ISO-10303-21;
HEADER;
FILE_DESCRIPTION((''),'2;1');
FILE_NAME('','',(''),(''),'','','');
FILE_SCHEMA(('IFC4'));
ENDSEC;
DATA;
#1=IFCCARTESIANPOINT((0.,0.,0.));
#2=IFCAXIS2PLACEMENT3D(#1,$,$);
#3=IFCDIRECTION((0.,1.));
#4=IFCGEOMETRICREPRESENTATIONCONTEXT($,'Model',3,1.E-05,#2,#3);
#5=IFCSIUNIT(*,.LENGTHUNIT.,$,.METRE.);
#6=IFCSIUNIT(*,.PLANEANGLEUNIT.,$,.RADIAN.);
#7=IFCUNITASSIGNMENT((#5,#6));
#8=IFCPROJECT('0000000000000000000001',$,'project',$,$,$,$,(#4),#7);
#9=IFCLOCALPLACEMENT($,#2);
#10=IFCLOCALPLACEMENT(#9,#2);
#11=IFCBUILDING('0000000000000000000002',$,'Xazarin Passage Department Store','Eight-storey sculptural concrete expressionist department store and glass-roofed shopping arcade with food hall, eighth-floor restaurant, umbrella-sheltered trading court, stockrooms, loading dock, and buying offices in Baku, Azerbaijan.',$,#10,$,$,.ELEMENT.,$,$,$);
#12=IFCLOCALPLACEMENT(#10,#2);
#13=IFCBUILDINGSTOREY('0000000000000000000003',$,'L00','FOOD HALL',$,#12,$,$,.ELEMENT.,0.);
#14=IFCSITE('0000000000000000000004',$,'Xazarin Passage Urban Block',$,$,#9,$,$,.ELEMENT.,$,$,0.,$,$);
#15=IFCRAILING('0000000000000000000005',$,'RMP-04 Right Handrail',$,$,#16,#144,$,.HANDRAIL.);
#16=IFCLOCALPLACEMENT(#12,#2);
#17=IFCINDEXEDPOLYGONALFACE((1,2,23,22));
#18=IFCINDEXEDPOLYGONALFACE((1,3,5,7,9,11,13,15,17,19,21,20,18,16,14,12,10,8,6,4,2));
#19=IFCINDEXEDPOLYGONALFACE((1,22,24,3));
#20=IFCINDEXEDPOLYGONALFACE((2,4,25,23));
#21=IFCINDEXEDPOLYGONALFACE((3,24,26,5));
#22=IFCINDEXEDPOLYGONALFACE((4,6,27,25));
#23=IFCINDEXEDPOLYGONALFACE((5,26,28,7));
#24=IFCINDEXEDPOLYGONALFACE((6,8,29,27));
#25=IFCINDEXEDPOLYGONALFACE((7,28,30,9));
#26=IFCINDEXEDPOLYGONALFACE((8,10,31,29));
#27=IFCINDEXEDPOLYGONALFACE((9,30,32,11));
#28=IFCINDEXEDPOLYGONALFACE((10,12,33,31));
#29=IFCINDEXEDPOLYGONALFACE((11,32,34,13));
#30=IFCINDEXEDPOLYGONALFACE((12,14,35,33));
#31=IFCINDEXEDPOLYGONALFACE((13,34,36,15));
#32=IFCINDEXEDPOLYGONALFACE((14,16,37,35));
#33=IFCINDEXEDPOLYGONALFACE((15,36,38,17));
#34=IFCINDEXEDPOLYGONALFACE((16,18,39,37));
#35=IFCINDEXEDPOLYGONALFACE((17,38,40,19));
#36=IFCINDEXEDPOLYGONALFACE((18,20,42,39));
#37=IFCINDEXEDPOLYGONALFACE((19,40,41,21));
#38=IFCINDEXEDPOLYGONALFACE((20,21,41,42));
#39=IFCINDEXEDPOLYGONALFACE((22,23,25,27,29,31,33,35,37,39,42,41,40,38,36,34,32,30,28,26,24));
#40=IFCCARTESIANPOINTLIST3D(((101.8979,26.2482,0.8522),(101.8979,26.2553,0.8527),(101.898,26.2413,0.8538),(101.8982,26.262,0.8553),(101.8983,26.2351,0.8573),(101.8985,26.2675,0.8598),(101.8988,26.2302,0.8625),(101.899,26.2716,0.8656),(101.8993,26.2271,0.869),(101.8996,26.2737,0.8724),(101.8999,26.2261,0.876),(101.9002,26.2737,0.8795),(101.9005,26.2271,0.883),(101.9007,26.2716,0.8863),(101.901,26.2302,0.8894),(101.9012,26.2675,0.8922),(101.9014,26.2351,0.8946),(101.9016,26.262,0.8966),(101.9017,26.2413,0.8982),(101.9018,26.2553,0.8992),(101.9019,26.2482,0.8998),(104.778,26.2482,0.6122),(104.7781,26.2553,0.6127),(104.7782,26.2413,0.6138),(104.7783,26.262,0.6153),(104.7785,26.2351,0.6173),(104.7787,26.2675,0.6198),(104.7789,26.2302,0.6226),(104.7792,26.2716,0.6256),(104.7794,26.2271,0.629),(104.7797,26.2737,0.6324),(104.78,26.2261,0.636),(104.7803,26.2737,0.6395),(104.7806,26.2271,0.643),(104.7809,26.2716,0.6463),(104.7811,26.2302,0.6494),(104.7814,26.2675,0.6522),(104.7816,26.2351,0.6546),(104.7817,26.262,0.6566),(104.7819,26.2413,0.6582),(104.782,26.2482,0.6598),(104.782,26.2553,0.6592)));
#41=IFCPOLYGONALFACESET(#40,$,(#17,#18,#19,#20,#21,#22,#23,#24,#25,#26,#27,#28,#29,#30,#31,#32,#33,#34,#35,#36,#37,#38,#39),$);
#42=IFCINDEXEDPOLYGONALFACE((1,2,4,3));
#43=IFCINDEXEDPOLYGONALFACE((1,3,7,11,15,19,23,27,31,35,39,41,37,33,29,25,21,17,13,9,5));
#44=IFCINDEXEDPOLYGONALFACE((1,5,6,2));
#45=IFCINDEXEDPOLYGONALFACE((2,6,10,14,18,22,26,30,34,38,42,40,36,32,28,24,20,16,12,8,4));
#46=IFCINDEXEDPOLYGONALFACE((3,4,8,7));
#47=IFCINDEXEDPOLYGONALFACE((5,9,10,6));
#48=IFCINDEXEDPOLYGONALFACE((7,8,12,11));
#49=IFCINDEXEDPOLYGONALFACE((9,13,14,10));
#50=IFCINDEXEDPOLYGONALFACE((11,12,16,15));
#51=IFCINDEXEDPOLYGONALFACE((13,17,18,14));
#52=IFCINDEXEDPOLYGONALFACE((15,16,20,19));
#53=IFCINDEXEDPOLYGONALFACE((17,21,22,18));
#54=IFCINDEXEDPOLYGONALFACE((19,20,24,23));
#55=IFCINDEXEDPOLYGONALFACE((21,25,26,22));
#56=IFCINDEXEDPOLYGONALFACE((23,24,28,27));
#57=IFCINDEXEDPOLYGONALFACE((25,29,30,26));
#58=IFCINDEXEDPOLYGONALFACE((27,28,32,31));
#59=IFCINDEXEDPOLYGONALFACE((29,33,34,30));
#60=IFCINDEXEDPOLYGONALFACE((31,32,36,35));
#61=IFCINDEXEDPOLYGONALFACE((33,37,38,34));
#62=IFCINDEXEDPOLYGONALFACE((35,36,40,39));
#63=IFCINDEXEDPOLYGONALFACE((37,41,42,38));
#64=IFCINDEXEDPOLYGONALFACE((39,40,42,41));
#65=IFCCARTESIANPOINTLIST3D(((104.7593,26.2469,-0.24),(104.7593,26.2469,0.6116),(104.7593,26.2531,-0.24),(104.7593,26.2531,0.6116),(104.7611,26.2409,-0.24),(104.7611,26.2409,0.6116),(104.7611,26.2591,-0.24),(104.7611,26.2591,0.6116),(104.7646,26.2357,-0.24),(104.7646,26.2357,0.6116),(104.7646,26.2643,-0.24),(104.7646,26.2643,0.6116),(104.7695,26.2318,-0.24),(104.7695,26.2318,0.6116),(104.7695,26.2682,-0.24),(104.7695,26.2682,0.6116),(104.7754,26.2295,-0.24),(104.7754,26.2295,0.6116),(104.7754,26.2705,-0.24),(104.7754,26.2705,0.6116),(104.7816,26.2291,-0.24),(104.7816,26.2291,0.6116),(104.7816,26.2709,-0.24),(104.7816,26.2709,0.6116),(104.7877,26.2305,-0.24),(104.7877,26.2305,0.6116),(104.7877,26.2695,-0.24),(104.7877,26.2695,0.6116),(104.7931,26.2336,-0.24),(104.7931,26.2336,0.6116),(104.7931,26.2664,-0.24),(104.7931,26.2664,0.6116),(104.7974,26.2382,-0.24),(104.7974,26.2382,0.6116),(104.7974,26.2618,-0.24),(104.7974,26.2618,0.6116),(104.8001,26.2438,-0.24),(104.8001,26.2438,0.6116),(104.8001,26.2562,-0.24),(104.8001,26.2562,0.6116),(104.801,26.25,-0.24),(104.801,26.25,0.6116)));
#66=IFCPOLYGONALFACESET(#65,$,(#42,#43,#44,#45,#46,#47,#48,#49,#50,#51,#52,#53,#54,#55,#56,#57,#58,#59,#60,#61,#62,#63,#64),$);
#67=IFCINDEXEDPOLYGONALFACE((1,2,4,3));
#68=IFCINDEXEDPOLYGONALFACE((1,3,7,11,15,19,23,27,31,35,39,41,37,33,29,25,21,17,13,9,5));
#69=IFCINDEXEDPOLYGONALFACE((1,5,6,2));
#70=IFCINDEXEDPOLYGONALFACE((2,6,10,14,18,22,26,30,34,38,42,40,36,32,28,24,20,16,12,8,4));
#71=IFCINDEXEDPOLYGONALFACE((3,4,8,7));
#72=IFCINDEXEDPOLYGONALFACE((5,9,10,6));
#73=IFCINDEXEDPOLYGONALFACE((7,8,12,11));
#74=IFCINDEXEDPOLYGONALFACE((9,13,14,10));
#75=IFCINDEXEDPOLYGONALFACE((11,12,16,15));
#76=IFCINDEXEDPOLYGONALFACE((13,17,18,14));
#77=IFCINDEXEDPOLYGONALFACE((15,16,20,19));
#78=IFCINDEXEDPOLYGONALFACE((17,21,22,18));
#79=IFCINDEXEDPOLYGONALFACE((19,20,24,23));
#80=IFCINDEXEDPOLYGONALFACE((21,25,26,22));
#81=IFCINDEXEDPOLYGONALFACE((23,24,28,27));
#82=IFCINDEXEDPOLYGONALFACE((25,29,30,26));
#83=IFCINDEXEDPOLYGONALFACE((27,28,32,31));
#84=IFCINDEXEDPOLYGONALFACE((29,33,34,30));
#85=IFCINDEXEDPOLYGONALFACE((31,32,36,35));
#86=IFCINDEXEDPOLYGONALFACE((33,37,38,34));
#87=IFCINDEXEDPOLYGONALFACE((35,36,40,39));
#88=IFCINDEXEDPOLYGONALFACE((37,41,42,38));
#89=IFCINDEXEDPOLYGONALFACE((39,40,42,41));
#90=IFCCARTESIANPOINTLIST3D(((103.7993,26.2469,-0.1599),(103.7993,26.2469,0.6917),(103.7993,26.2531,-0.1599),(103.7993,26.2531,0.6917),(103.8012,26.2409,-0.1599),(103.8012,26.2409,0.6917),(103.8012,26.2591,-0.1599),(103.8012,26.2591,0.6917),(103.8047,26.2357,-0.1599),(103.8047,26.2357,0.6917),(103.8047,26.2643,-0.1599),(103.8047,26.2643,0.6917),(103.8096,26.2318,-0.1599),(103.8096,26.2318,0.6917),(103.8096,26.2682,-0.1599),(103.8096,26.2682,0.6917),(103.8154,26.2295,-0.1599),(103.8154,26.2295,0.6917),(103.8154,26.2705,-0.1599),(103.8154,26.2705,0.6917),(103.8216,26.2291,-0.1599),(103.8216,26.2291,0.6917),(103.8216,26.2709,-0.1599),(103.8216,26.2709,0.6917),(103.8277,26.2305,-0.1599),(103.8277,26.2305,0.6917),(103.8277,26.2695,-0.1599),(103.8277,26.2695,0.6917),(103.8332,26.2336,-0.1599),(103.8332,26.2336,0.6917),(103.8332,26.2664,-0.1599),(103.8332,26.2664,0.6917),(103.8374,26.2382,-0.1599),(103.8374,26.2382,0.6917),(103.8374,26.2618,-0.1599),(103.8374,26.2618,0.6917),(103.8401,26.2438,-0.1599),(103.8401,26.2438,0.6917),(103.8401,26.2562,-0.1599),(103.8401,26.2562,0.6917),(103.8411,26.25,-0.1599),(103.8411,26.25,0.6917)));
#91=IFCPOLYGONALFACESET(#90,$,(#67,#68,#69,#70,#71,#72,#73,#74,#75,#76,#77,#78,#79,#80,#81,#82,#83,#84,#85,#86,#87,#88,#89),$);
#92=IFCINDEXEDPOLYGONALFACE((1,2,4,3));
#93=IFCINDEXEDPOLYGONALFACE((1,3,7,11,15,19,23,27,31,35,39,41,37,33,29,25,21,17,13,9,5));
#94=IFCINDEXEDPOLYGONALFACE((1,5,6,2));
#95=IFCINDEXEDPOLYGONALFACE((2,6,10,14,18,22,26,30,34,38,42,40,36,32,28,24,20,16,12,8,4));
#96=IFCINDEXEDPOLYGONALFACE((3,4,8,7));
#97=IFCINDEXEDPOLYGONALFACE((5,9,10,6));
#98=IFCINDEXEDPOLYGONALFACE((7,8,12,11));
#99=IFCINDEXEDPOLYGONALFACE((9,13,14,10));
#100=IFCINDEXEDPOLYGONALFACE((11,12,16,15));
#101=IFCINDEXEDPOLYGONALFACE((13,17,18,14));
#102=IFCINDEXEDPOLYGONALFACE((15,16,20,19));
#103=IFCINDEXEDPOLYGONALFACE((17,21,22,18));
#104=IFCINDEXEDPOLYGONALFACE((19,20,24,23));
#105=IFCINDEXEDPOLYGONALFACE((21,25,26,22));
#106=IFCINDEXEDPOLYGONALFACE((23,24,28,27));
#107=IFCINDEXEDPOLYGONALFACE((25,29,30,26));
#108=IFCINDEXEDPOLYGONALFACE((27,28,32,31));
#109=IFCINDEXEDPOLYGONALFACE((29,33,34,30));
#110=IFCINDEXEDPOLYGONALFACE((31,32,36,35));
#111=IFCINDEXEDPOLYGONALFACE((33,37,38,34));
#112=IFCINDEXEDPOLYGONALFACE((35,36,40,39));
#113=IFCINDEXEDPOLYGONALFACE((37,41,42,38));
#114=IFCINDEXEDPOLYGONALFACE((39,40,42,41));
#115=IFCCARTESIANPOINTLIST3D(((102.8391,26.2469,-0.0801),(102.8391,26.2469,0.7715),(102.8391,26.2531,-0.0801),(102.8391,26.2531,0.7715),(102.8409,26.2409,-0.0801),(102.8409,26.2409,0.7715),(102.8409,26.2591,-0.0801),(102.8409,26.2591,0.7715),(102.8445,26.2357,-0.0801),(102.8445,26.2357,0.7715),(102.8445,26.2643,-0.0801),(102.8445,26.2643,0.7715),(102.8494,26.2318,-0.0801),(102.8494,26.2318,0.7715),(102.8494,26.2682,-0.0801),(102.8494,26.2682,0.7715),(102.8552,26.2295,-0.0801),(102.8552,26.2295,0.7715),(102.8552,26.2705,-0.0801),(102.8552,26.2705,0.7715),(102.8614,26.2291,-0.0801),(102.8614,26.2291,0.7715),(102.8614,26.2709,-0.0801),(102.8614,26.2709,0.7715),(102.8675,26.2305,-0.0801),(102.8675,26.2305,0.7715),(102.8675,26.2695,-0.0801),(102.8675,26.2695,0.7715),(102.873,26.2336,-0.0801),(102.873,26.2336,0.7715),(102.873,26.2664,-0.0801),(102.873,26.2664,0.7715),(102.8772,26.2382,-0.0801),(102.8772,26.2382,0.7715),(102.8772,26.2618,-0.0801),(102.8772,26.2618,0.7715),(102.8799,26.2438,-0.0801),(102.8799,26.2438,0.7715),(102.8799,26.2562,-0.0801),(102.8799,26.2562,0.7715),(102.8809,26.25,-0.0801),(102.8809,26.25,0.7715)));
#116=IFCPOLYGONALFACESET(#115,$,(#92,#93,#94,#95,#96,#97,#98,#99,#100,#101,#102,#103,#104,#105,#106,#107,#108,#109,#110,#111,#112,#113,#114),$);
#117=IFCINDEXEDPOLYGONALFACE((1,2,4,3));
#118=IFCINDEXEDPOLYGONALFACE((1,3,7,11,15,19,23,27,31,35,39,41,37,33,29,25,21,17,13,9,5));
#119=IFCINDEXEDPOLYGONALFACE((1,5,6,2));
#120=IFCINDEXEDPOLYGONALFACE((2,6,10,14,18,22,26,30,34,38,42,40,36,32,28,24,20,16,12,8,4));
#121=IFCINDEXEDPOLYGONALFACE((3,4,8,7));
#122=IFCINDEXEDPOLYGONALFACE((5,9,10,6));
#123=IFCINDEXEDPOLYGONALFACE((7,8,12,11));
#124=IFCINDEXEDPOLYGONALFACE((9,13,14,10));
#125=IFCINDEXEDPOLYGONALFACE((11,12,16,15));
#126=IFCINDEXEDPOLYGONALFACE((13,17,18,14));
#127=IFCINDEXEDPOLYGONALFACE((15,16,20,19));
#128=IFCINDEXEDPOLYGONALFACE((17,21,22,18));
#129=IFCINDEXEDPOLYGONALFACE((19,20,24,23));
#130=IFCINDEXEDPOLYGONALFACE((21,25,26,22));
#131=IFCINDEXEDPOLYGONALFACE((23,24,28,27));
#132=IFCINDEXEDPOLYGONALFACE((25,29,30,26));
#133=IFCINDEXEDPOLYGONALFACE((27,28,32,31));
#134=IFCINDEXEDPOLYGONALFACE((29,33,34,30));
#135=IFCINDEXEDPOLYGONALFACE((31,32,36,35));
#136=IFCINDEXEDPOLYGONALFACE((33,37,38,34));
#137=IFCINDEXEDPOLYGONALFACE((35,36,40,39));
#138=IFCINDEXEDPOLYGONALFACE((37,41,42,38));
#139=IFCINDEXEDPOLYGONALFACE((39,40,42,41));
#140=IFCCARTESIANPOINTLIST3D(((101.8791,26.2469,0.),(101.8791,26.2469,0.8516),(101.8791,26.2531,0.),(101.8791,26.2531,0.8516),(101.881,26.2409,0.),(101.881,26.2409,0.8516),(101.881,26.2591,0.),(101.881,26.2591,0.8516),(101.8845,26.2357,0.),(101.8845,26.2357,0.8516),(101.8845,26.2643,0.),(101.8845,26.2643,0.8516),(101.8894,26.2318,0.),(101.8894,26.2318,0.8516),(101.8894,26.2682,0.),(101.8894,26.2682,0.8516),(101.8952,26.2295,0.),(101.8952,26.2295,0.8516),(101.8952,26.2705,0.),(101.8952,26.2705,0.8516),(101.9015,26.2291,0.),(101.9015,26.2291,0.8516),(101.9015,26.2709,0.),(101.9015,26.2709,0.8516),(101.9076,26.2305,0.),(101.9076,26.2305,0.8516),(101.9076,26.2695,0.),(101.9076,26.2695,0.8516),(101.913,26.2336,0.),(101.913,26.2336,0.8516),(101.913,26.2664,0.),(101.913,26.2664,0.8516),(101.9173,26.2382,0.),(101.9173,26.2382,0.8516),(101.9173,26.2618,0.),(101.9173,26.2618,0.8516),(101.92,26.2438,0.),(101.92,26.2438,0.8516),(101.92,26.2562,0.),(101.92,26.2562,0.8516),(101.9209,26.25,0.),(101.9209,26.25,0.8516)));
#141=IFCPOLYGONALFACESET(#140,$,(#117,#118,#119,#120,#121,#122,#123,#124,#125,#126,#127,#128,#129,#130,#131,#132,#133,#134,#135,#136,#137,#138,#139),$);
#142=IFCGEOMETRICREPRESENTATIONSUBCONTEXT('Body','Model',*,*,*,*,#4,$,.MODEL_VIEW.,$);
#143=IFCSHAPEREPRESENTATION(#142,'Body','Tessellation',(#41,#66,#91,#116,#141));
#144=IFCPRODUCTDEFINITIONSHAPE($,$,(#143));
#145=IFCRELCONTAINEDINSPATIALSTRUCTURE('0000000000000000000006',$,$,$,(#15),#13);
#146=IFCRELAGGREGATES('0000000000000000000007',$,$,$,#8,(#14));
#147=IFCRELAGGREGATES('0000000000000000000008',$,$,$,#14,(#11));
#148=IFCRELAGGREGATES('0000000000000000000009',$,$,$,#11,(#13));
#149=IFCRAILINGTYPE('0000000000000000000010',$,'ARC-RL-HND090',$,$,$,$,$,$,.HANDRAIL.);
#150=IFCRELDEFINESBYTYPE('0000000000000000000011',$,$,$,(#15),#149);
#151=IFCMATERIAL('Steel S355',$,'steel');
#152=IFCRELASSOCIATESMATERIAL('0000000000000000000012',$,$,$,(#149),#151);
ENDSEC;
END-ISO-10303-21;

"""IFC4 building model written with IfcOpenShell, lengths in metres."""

from ifc_helpers import new_model, si_unit, direction, frame, origin, origin_2d, place, context, subcontext, project, spatial, circle, extrude, material, type_object, element, save


model = new_model("IFC4")

# Units and contexts
model_context = context("Model", 3, precision=1e-05, world=origin(), true_north=direction((0.0, 1.0)))
body_context = subcontext(model_context, "Body", "Model", "MODEL_VIEW")
ifc_project = project(units=[si_unit("LENGTHUNIT", "METRE"), si_unit("PLANEANGLEUNIT", "RADIAN")], contexts=[model_context])

# Site, building, storey
site_placement = place(None, origin())
site = spatial("IfcSite", under=ifc_project, at=site_placement, Name="Xazarin Passage Urban Block", CompositionType="ELEMENT", RefElevation=0.0)
building_placement = place(site_placement, origin())
building = spatial("IfcBuilding", under=site, at=building_placement, Name="Xazarin Passage Department Store", Description="Eight-storey sculptural concrete expressionist department store and glass-roofed shopping arcade with food hall, eighth-floor restaurant, umbrella-sheltered trading court, stockrooms, loading dock, and buying offices in Baku, Azerbaijan.", CompositionType="ELEMENT")
storey_placement = place(building_placement, origin())
storey = spatial("IfcBuildingStorey", under=building, at=storey_placement, Name="L00", Description="FOOD HALL", CompositionType="ELEMENT", Elevation=0.0)

# Railing
ifc_material_1 = material(Name="Steel S355", Category="steel")
railing_type = type_object("IfcRailingType", Name="ARC-RL-HND090", PredefinedType="HANDRAIL", material=ifc_material_1)
for number, where, name in (
    (1, (104.78, 26.25, -0.24), "RMP-04 Right Handrail"),
):
    element("IfcRailing", number, at=place(storey_placement, frame(where)), inside=storey, type_object=railing_type, Name=name, PredefinedType="HANDRAIL", context=body_context, shape_type="SweptSolid", body=[
        extrude(circle(Radius=0.0239, at=origin_2d()), frame((0.0, 0.0, 0.876), z_axis=(-0.996546, 0.0, 0.083038), x_axis=(0.0, -1.0, 0.0)), (0.0, 0.0, 1.0), 2.8901),
        extrude(circle(Radius=0.021, at=origin_2d()), origin(), (0.0, 0.0, 1.0), 0.8516),
        extrude(circle(Radius=0.021, at=origin_2d()), frame((-0.96, 0.0, 0.0801)), (0.0, 0.0, 1.0), 0.8516),
        extrude(circle(Radius=0.021, at=origin_2d()), frame((-1.9202, 0.0, 0.1599)), (0.0, 0.0, 1.0), 0.8516),
        extrude(circle(Radius=0.021, at=origin_2d()), frame((-2.8801, 0.0, 0.24)), (0.0, 0.0, 1.0), 0.8516),
    ])

save(model, "model.ifc")
